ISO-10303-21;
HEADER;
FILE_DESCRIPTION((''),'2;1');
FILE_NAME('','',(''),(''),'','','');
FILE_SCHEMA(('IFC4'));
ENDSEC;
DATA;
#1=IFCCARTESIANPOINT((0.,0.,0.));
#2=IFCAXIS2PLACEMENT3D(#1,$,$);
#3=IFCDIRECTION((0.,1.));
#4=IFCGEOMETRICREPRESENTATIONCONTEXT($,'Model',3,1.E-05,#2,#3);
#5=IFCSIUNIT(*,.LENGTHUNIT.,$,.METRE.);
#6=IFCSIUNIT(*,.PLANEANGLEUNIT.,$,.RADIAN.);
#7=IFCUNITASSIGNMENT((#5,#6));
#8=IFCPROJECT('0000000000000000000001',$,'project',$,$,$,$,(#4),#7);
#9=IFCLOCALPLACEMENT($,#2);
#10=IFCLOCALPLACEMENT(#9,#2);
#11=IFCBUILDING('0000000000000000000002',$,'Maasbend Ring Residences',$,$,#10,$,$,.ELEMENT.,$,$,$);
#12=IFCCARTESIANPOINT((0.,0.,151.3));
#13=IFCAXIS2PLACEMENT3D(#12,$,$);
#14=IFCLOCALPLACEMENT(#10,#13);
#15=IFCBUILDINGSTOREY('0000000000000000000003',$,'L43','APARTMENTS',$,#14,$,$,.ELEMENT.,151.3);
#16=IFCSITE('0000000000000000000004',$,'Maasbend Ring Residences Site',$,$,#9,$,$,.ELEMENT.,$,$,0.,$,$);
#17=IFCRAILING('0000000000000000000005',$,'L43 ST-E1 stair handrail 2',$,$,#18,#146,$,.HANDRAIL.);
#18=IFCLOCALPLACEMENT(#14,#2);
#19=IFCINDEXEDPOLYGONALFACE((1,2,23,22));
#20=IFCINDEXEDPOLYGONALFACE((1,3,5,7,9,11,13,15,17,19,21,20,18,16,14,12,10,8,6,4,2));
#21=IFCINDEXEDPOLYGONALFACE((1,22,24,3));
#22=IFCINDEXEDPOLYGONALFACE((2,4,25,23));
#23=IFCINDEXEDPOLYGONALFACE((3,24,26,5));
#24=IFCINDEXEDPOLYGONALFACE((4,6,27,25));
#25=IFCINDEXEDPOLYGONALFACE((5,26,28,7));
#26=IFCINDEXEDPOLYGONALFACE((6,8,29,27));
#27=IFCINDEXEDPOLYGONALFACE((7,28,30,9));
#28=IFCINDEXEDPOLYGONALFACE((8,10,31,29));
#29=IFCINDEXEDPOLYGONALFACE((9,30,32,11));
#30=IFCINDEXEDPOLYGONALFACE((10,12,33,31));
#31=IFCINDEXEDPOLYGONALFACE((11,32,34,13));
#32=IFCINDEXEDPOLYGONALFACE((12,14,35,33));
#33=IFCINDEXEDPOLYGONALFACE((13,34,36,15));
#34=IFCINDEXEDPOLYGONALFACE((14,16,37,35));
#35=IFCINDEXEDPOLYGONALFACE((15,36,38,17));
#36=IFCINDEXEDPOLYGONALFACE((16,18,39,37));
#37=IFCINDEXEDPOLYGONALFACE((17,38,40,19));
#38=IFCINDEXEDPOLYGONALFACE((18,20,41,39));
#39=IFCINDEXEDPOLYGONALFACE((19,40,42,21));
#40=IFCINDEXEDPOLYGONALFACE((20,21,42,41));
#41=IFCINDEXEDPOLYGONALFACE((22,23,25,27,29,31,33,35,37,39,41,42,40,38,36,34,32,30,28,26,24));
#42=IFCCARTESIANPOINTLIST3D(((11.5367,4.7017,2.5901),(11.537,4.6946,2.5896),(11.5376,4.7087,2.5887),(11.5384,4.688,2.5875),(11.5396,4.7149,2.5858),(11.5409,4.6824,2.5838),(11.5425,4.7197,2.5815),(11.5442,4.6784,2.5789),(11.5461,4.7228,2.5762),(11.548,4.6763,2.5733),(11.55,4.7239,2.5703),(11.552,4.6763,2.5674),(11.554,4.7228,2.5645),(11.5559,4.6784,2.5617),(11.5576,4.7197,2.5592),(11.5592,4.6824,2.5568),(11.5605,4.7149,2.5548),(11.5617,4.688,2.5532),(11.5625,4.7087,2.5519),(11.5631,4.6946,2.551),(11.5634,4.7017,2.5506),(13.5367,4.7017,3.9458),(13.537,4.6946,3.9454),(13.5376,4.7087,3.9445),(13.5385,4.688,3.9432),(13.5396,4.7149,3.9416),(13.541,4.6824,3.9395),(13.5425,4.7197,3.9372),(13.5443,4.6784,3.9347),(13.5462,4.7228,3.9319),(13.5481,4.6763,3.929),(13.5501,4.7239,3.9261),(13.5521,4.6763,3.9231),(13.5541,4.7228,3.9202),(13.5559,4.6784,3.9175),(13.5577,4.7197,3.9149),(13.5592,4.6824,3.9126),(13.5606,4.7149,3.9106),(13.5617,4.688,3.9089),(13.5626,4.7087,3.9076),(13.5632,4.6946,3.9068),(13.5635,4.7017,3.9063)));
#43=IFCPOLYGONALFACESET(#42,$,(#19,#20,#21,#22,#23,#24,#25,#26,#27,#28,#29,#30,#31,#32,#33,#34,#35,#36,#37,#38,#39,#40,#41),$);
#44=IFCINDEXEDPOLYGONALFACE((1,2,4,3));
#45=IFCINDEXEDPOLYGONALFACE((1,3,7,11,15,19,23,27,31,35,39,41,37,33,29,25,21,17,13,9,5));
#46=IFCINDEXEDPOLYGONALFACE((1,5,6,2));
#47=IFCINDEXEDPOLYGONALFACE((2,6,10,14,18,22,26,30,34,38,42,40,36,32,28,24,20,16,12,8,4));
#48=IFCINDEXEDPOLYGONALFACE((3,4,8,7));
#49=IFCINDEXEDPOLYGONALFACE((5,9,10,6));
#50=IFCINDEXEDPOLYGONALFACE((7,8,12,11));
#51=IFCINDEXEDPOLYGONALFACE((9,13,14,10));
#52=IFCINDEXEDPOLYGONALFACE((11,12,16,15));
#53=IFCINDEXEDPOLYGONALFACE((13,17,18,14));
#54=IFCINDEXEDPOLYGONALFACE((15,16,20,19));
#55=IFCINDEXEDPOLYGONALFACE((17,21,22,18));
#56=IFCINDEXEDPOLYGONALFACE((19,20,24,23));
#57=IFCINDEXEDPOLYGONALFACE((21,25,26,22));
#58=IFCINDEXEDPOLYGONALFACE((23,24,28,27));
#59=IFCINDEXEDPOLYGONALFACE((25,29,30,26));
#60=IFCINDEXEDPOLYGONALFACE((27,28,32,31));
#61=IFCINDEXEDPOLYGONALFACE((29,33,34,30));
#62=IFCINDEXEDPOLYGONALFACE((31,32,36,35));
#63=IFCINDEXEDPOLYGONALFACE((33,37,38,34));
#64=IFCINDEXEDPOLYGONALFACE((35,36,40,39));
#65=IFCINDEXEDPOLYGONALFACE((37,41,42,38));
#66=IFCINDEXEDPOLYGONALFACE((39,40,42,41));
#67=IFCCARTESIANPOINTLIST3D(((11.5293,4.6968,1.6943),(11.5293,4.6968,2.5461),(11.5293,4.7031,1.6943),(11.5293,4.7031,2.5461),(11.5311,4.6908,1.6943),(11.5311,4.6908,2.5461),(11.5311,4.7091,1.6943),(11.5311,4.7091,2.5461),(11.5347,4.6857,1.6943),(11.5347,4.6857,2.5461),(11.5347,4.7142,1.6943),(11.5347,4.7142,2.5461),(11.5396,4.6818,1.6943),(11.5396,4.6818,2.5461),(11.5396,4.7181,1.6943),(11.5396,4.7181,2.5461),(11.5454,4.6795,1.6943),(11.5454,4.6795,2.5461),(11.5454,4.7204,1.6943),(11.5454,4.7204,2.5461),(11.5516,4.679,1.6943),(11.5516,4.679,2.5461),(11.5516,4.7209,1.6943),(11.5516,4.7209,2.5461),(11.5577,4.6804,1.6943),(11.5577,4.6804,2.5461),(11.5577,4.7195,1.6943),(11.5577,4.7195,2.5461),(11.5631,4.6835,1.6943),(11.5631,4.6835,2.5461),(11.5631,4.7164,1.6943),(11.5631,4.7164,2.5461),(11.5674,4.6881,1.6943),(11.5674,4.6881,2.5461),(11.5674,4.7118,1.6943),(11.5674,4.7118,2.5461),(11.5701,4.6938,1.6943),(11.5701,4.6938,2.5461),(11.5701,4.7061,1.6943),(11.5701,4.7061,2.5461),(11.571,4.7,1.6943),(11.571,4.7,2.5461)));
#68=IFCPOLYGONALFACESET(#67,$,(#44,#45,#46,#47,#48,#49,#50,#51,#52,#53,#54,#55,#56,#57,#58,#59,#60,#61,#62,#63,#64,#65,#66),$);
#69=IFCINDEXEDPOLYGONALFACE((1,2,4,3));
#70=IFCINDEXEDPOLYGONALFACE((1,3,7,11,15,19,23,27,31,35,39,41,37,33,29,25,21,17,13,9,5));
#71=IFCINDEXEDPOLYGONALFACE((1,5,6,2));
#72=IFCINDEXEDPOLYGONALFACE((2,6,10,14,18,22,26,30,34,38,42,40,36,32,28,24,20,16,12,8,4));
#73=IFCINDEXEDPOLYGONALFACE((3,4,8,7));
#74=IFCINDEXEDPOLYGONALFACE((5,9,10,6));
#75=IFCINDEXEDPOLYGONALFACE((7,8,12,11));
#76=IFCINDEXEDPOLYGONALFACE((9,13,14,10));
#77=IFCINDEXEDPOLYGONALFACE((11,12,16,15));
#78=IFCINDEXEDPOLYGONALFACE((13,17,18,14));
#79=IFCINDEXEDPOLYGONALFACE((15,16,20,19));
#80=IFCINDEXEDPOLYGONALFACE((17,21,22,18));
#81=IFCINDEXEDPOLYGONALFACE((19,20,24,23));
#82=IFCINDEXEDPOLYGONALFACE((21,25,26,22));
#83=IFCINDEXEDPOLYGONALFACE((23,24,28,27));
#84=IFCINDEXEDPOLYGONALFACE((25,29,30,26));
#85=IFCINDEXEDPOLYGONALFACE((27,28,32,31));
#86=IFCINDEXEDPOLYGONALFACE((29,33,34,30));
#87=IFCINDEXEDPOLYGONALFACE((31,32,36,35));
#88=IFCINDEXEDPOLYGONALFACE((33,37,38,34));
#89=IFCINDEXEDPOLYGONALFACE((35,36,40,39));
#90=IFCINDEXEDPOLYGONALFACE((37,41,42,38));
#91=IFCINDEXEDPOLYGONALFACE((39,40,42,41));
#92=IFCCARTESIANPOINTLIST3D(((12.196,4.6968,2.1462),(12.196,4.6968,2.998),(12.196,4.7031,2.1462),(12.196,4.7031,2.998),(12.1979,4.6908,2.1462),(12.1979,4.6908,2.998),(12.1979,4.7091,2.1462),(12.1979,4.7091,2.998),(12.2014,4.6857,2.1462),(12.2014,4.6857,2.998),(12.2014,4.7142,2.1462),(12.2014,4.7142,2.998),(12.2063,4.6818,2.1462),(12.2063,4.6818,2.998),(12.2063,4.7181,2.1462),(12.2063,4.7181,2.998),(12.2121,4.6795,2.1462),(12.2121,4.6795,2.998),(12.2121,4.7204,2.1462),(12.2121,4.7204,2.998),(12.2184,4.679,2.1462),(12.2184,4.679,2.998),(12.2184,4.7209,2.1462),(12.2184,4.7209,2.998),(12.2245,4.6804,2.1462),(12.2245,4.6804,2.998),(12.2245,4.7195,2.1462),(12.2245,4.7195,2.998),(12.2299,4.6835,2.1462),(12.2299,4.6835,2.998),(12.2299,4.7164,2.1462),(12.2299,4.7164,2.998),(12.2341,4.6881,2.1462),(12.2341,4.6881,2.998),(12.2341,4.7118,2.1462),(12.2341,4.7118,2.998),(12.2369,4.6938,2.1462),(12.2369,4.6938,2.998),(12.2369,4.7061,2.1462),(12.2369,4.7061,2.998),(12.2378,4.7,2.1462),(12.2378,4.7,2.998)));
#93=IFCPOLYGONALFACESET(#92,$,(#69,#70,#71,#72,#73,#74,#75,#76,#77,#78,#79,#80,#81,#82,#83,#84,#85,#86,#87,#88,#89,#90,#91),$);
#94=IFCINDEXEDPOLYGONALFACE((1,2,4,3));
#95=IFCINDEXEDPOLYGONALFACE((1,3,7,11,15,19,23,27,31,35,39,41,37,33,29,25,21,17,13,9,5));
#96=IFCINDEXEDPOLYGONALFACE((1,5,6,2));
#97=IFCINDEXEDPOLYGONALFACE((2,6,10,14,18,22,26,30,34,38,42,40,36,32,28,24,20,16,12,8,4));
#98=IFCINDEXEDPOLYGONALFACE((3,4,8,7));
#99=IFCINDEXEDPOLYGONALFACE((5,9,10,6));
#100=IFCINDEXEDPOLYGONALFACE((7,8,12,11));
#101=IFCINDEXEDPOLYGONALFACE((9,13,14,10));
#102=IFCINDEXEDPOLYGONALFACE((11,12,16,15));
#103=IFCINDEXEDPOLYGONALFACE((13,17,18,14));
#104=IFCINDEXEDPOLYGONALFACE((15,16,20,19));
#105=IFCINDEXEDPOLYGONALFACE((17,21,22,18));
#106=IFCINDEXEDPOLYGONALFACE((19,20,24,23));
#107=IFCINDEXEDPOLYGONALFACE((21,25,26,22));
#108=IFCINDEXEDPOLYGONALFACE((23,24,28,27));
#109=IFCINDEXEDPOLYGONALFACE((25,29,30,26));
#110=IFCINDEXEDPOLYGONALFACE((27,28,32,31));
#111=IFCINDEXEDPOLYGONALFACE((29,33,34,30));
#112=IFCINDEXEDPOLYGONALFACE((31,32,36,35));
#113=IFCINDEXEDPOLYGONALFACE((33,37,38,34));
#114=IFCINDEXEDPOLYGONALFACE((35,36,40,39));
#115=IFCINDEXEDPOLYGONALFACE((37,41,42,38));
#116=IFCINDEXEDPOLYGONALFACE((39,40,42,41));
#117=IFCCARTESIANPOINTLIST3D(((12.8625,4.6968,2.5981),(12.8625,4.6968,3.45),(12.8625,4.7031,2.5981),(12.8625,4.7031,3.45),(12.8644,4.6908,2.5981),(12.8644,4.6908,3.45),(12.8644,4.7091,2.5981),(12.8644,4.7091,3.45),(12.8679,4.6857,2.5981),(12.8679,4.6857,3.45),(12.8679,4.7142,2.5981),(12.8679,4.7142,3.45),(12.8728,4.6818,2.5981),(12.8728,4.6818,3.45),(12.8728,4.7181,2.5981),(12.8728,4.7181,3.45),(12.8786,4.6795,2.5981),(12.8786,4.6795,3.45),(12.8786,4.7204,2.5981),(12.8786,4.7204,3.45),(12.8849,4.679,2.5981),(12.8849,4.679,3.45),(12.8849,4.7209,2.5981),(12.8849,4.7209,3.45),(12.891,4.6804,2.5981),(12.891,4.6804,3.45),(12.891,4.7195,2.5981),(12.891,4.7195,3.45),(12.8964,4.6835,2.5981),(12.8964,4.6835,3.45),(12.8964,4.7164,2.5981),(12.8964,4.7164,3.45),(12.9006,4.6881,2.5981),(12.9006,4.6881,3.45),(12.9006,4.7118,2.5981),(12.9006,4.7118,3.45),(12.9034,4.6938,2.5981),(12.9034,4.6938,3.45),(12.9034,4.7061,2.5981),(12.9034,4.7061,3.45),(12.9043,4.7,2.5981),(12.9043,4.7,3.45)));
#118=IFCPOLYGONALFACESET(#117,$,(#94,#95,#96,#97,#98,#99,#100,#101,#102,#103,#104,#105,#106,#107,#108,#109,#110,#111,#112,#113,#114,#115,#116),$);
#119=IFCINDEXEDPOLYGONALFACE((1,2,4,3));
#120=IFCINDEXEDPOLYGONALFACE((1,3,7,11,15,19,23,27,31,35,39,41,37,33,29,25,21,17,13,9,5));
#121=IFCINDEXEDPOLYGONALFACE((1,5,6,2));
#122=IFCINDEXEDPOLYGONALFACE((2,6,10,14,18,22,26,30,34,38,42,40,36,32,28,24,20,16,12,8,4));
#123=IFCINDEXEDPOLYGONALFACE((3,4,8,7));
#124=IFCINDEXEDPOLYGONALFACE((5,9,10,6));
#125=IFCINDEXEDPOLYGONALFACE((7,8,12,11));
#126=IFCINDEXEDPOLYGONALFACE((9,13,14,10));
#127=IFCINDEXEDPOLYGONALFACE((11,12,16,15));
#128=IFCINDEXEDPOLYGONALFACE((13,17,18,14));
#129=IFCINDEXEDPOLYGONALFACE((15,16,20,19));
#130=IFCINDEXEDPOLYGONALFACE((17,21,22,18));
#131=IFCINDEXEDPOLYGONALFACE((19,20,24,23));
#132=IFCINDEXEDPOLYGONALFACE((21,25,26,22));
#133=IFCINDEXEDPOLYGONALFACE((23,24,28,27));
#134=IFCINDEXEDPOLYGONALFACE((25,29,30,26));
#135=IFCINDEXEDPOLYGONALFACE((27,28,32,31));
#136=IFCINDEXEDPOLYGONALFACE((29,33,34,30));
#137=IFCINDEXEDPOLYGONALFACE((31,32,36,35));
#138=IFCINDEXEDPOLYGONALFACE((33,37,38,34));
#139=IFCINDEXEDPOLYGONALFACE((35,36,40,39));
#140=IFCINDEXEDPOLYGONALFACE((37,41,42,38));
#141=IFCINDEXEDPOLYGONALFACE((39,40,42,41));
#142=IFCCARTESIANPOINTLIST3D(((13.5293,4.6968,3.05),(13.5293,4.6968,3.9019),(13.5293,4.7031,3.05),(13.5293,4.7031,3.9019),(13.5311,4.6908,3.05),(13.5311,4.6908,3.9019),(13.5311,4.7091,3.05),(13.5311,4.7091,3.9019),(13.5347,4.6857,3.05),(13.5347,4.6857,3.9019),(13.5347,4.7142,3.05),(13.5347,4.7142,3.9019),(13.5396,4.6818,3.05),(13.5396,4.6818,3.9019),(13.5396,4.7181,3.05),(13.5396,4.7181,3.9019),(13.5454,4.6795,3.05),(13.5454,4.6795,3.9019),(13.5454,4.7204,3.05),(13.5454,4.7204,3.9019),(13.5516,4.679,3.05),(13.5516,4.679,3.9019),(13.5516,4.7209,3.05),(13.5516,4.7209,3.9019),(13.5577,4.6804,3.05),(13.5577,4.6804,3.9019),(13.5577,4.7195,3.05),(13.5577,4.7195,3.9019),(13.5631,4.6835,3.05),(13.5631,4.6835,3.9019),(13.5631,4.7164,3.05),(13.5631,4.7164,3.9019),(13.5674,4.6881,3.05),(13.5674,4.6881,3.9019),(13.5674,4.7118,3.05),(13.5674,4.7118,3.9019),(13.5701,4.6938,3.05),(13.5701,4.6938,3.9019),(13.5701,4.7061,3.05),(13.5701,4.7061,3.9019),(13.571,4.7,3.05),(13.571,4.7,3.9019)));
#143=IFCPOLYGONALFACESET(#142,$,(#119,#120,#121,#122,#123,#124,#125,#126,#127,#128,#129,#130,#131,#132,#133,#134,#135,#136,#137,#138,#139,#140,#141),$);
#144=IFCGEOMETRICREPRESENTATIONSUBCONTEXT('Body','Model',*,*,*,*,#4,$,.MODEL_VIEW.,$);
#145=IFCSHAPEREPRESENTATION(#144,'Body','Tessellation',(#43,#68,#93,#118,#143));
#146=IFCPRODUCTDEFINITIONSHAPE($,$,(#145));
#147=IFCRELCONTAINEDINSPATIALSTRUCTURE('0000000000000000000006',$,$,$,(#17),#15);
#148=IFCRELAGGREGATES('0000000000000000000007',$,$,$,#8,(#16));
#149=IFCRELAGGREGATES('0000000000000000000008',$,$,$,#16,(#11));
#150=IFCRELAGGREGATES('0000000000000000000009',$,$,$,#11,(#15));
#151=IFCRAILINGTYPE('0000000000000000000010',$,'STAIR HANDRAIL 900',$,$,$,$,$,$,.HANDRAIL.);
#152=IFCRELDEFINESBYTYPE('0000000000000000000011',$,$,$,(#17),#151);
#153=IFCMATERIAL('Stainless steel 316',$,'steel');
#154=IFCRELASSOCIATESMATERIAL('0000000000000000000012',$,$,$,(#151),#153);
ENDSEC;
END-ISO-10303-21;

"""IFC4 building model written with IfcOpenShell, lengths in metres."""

from ifc_helpers import new_model, si_unit, direction, frame, origin, origin_2d, place, context, subcontext, project, spatial, circle, extrude, material, type_object, element, save


model = new_model("IFC4")

# Units and contexts
model_context = context("Model", 3, precision=1e-05, world=origin(), true_north=direction((0.0, 1.0)))
body_context = subcontext(model_context, "Body", "Model", "MODEL_VIEW")
ifc_project = project(units=[si_unit("LENGTHUNIT", "METRE"), si_unit("PLANEANGLEUNIT", "RADIAN")], contexts=[model_context])

# Site, building, storey
site_placement = place(None, origin())
site = spatial("IfcSite", under=ifc_project, at=site_placement, Name="Maasbend Ring Residences Site", CompositionType="ELEMENT", RefElevation=0.0)
building_placement = place(site_placement, origin())
building = spatial("IfcBuilding", under=site, at=building_placement, Name="Maasbend Ring Residences", CompositionType="ELEMENT")
storey_placement = place(building_placement, frame((0.0, 0.0, 151.3)))
storey = spatial("IfcBuildingStorey", under=building, at=storey_placement, Name="L43", Description="APARTMENTS", CompositionType="ELEMENT", Elevation=151.3)

# Railing
ifc_material_1 = material(Name="Stainless steel 316", Category="steel")
railing_type_1 = type_object("IfcRailingType", Name="STAIR HANDRAIL 900", PredefinedType="HANDRAIL", material=ifc_material_1)
railing_1_placement = place(storey_placement, frame((11.55, 4.7, 1.6943)))
element("IfcRailing", 1, at=railing_1_placement, inside=storey, type_object=railing_type_1, Name="L43 ST-E1 stair handrail 2", PredefinedType="HANDRAIL", context=body_context, shape_type="SweptSolid", body=[
    extrude(circle(Radius=0.0239, at=origin_2d()), frame((0.0, 0.0, 0.876), z_axis=(0.827751, 0.0, 0.561096), x_axis=(0.0, 1.0, 0.0)), (0.0, 0.0, 1.0), 2.4163),
    extrude(circle(Radius=0.021, at=origin_2d()), origin(), (0.0, 0.0, 1.0), 0.8518),
    extrude(circle(Radius=0.021, at=origin_2d()), frame((0.6667, 0.0, 0.4519)), (0.0, 0.0, 1.0), 0.8518),
    extrude(circle(Radius=0.021, at=origin_2d()), frame((1.3333, 0.0, 0.9038)), (0.0, 0.0, 1.0), 0.8518),
    extrude(circle(Radius=0.021, at=origin_2d()), frame((2.0, 0.0, 1.3557)), (0.0, 0.0, 1.0), 0.8518),
])

save(model, "model.ifc")
